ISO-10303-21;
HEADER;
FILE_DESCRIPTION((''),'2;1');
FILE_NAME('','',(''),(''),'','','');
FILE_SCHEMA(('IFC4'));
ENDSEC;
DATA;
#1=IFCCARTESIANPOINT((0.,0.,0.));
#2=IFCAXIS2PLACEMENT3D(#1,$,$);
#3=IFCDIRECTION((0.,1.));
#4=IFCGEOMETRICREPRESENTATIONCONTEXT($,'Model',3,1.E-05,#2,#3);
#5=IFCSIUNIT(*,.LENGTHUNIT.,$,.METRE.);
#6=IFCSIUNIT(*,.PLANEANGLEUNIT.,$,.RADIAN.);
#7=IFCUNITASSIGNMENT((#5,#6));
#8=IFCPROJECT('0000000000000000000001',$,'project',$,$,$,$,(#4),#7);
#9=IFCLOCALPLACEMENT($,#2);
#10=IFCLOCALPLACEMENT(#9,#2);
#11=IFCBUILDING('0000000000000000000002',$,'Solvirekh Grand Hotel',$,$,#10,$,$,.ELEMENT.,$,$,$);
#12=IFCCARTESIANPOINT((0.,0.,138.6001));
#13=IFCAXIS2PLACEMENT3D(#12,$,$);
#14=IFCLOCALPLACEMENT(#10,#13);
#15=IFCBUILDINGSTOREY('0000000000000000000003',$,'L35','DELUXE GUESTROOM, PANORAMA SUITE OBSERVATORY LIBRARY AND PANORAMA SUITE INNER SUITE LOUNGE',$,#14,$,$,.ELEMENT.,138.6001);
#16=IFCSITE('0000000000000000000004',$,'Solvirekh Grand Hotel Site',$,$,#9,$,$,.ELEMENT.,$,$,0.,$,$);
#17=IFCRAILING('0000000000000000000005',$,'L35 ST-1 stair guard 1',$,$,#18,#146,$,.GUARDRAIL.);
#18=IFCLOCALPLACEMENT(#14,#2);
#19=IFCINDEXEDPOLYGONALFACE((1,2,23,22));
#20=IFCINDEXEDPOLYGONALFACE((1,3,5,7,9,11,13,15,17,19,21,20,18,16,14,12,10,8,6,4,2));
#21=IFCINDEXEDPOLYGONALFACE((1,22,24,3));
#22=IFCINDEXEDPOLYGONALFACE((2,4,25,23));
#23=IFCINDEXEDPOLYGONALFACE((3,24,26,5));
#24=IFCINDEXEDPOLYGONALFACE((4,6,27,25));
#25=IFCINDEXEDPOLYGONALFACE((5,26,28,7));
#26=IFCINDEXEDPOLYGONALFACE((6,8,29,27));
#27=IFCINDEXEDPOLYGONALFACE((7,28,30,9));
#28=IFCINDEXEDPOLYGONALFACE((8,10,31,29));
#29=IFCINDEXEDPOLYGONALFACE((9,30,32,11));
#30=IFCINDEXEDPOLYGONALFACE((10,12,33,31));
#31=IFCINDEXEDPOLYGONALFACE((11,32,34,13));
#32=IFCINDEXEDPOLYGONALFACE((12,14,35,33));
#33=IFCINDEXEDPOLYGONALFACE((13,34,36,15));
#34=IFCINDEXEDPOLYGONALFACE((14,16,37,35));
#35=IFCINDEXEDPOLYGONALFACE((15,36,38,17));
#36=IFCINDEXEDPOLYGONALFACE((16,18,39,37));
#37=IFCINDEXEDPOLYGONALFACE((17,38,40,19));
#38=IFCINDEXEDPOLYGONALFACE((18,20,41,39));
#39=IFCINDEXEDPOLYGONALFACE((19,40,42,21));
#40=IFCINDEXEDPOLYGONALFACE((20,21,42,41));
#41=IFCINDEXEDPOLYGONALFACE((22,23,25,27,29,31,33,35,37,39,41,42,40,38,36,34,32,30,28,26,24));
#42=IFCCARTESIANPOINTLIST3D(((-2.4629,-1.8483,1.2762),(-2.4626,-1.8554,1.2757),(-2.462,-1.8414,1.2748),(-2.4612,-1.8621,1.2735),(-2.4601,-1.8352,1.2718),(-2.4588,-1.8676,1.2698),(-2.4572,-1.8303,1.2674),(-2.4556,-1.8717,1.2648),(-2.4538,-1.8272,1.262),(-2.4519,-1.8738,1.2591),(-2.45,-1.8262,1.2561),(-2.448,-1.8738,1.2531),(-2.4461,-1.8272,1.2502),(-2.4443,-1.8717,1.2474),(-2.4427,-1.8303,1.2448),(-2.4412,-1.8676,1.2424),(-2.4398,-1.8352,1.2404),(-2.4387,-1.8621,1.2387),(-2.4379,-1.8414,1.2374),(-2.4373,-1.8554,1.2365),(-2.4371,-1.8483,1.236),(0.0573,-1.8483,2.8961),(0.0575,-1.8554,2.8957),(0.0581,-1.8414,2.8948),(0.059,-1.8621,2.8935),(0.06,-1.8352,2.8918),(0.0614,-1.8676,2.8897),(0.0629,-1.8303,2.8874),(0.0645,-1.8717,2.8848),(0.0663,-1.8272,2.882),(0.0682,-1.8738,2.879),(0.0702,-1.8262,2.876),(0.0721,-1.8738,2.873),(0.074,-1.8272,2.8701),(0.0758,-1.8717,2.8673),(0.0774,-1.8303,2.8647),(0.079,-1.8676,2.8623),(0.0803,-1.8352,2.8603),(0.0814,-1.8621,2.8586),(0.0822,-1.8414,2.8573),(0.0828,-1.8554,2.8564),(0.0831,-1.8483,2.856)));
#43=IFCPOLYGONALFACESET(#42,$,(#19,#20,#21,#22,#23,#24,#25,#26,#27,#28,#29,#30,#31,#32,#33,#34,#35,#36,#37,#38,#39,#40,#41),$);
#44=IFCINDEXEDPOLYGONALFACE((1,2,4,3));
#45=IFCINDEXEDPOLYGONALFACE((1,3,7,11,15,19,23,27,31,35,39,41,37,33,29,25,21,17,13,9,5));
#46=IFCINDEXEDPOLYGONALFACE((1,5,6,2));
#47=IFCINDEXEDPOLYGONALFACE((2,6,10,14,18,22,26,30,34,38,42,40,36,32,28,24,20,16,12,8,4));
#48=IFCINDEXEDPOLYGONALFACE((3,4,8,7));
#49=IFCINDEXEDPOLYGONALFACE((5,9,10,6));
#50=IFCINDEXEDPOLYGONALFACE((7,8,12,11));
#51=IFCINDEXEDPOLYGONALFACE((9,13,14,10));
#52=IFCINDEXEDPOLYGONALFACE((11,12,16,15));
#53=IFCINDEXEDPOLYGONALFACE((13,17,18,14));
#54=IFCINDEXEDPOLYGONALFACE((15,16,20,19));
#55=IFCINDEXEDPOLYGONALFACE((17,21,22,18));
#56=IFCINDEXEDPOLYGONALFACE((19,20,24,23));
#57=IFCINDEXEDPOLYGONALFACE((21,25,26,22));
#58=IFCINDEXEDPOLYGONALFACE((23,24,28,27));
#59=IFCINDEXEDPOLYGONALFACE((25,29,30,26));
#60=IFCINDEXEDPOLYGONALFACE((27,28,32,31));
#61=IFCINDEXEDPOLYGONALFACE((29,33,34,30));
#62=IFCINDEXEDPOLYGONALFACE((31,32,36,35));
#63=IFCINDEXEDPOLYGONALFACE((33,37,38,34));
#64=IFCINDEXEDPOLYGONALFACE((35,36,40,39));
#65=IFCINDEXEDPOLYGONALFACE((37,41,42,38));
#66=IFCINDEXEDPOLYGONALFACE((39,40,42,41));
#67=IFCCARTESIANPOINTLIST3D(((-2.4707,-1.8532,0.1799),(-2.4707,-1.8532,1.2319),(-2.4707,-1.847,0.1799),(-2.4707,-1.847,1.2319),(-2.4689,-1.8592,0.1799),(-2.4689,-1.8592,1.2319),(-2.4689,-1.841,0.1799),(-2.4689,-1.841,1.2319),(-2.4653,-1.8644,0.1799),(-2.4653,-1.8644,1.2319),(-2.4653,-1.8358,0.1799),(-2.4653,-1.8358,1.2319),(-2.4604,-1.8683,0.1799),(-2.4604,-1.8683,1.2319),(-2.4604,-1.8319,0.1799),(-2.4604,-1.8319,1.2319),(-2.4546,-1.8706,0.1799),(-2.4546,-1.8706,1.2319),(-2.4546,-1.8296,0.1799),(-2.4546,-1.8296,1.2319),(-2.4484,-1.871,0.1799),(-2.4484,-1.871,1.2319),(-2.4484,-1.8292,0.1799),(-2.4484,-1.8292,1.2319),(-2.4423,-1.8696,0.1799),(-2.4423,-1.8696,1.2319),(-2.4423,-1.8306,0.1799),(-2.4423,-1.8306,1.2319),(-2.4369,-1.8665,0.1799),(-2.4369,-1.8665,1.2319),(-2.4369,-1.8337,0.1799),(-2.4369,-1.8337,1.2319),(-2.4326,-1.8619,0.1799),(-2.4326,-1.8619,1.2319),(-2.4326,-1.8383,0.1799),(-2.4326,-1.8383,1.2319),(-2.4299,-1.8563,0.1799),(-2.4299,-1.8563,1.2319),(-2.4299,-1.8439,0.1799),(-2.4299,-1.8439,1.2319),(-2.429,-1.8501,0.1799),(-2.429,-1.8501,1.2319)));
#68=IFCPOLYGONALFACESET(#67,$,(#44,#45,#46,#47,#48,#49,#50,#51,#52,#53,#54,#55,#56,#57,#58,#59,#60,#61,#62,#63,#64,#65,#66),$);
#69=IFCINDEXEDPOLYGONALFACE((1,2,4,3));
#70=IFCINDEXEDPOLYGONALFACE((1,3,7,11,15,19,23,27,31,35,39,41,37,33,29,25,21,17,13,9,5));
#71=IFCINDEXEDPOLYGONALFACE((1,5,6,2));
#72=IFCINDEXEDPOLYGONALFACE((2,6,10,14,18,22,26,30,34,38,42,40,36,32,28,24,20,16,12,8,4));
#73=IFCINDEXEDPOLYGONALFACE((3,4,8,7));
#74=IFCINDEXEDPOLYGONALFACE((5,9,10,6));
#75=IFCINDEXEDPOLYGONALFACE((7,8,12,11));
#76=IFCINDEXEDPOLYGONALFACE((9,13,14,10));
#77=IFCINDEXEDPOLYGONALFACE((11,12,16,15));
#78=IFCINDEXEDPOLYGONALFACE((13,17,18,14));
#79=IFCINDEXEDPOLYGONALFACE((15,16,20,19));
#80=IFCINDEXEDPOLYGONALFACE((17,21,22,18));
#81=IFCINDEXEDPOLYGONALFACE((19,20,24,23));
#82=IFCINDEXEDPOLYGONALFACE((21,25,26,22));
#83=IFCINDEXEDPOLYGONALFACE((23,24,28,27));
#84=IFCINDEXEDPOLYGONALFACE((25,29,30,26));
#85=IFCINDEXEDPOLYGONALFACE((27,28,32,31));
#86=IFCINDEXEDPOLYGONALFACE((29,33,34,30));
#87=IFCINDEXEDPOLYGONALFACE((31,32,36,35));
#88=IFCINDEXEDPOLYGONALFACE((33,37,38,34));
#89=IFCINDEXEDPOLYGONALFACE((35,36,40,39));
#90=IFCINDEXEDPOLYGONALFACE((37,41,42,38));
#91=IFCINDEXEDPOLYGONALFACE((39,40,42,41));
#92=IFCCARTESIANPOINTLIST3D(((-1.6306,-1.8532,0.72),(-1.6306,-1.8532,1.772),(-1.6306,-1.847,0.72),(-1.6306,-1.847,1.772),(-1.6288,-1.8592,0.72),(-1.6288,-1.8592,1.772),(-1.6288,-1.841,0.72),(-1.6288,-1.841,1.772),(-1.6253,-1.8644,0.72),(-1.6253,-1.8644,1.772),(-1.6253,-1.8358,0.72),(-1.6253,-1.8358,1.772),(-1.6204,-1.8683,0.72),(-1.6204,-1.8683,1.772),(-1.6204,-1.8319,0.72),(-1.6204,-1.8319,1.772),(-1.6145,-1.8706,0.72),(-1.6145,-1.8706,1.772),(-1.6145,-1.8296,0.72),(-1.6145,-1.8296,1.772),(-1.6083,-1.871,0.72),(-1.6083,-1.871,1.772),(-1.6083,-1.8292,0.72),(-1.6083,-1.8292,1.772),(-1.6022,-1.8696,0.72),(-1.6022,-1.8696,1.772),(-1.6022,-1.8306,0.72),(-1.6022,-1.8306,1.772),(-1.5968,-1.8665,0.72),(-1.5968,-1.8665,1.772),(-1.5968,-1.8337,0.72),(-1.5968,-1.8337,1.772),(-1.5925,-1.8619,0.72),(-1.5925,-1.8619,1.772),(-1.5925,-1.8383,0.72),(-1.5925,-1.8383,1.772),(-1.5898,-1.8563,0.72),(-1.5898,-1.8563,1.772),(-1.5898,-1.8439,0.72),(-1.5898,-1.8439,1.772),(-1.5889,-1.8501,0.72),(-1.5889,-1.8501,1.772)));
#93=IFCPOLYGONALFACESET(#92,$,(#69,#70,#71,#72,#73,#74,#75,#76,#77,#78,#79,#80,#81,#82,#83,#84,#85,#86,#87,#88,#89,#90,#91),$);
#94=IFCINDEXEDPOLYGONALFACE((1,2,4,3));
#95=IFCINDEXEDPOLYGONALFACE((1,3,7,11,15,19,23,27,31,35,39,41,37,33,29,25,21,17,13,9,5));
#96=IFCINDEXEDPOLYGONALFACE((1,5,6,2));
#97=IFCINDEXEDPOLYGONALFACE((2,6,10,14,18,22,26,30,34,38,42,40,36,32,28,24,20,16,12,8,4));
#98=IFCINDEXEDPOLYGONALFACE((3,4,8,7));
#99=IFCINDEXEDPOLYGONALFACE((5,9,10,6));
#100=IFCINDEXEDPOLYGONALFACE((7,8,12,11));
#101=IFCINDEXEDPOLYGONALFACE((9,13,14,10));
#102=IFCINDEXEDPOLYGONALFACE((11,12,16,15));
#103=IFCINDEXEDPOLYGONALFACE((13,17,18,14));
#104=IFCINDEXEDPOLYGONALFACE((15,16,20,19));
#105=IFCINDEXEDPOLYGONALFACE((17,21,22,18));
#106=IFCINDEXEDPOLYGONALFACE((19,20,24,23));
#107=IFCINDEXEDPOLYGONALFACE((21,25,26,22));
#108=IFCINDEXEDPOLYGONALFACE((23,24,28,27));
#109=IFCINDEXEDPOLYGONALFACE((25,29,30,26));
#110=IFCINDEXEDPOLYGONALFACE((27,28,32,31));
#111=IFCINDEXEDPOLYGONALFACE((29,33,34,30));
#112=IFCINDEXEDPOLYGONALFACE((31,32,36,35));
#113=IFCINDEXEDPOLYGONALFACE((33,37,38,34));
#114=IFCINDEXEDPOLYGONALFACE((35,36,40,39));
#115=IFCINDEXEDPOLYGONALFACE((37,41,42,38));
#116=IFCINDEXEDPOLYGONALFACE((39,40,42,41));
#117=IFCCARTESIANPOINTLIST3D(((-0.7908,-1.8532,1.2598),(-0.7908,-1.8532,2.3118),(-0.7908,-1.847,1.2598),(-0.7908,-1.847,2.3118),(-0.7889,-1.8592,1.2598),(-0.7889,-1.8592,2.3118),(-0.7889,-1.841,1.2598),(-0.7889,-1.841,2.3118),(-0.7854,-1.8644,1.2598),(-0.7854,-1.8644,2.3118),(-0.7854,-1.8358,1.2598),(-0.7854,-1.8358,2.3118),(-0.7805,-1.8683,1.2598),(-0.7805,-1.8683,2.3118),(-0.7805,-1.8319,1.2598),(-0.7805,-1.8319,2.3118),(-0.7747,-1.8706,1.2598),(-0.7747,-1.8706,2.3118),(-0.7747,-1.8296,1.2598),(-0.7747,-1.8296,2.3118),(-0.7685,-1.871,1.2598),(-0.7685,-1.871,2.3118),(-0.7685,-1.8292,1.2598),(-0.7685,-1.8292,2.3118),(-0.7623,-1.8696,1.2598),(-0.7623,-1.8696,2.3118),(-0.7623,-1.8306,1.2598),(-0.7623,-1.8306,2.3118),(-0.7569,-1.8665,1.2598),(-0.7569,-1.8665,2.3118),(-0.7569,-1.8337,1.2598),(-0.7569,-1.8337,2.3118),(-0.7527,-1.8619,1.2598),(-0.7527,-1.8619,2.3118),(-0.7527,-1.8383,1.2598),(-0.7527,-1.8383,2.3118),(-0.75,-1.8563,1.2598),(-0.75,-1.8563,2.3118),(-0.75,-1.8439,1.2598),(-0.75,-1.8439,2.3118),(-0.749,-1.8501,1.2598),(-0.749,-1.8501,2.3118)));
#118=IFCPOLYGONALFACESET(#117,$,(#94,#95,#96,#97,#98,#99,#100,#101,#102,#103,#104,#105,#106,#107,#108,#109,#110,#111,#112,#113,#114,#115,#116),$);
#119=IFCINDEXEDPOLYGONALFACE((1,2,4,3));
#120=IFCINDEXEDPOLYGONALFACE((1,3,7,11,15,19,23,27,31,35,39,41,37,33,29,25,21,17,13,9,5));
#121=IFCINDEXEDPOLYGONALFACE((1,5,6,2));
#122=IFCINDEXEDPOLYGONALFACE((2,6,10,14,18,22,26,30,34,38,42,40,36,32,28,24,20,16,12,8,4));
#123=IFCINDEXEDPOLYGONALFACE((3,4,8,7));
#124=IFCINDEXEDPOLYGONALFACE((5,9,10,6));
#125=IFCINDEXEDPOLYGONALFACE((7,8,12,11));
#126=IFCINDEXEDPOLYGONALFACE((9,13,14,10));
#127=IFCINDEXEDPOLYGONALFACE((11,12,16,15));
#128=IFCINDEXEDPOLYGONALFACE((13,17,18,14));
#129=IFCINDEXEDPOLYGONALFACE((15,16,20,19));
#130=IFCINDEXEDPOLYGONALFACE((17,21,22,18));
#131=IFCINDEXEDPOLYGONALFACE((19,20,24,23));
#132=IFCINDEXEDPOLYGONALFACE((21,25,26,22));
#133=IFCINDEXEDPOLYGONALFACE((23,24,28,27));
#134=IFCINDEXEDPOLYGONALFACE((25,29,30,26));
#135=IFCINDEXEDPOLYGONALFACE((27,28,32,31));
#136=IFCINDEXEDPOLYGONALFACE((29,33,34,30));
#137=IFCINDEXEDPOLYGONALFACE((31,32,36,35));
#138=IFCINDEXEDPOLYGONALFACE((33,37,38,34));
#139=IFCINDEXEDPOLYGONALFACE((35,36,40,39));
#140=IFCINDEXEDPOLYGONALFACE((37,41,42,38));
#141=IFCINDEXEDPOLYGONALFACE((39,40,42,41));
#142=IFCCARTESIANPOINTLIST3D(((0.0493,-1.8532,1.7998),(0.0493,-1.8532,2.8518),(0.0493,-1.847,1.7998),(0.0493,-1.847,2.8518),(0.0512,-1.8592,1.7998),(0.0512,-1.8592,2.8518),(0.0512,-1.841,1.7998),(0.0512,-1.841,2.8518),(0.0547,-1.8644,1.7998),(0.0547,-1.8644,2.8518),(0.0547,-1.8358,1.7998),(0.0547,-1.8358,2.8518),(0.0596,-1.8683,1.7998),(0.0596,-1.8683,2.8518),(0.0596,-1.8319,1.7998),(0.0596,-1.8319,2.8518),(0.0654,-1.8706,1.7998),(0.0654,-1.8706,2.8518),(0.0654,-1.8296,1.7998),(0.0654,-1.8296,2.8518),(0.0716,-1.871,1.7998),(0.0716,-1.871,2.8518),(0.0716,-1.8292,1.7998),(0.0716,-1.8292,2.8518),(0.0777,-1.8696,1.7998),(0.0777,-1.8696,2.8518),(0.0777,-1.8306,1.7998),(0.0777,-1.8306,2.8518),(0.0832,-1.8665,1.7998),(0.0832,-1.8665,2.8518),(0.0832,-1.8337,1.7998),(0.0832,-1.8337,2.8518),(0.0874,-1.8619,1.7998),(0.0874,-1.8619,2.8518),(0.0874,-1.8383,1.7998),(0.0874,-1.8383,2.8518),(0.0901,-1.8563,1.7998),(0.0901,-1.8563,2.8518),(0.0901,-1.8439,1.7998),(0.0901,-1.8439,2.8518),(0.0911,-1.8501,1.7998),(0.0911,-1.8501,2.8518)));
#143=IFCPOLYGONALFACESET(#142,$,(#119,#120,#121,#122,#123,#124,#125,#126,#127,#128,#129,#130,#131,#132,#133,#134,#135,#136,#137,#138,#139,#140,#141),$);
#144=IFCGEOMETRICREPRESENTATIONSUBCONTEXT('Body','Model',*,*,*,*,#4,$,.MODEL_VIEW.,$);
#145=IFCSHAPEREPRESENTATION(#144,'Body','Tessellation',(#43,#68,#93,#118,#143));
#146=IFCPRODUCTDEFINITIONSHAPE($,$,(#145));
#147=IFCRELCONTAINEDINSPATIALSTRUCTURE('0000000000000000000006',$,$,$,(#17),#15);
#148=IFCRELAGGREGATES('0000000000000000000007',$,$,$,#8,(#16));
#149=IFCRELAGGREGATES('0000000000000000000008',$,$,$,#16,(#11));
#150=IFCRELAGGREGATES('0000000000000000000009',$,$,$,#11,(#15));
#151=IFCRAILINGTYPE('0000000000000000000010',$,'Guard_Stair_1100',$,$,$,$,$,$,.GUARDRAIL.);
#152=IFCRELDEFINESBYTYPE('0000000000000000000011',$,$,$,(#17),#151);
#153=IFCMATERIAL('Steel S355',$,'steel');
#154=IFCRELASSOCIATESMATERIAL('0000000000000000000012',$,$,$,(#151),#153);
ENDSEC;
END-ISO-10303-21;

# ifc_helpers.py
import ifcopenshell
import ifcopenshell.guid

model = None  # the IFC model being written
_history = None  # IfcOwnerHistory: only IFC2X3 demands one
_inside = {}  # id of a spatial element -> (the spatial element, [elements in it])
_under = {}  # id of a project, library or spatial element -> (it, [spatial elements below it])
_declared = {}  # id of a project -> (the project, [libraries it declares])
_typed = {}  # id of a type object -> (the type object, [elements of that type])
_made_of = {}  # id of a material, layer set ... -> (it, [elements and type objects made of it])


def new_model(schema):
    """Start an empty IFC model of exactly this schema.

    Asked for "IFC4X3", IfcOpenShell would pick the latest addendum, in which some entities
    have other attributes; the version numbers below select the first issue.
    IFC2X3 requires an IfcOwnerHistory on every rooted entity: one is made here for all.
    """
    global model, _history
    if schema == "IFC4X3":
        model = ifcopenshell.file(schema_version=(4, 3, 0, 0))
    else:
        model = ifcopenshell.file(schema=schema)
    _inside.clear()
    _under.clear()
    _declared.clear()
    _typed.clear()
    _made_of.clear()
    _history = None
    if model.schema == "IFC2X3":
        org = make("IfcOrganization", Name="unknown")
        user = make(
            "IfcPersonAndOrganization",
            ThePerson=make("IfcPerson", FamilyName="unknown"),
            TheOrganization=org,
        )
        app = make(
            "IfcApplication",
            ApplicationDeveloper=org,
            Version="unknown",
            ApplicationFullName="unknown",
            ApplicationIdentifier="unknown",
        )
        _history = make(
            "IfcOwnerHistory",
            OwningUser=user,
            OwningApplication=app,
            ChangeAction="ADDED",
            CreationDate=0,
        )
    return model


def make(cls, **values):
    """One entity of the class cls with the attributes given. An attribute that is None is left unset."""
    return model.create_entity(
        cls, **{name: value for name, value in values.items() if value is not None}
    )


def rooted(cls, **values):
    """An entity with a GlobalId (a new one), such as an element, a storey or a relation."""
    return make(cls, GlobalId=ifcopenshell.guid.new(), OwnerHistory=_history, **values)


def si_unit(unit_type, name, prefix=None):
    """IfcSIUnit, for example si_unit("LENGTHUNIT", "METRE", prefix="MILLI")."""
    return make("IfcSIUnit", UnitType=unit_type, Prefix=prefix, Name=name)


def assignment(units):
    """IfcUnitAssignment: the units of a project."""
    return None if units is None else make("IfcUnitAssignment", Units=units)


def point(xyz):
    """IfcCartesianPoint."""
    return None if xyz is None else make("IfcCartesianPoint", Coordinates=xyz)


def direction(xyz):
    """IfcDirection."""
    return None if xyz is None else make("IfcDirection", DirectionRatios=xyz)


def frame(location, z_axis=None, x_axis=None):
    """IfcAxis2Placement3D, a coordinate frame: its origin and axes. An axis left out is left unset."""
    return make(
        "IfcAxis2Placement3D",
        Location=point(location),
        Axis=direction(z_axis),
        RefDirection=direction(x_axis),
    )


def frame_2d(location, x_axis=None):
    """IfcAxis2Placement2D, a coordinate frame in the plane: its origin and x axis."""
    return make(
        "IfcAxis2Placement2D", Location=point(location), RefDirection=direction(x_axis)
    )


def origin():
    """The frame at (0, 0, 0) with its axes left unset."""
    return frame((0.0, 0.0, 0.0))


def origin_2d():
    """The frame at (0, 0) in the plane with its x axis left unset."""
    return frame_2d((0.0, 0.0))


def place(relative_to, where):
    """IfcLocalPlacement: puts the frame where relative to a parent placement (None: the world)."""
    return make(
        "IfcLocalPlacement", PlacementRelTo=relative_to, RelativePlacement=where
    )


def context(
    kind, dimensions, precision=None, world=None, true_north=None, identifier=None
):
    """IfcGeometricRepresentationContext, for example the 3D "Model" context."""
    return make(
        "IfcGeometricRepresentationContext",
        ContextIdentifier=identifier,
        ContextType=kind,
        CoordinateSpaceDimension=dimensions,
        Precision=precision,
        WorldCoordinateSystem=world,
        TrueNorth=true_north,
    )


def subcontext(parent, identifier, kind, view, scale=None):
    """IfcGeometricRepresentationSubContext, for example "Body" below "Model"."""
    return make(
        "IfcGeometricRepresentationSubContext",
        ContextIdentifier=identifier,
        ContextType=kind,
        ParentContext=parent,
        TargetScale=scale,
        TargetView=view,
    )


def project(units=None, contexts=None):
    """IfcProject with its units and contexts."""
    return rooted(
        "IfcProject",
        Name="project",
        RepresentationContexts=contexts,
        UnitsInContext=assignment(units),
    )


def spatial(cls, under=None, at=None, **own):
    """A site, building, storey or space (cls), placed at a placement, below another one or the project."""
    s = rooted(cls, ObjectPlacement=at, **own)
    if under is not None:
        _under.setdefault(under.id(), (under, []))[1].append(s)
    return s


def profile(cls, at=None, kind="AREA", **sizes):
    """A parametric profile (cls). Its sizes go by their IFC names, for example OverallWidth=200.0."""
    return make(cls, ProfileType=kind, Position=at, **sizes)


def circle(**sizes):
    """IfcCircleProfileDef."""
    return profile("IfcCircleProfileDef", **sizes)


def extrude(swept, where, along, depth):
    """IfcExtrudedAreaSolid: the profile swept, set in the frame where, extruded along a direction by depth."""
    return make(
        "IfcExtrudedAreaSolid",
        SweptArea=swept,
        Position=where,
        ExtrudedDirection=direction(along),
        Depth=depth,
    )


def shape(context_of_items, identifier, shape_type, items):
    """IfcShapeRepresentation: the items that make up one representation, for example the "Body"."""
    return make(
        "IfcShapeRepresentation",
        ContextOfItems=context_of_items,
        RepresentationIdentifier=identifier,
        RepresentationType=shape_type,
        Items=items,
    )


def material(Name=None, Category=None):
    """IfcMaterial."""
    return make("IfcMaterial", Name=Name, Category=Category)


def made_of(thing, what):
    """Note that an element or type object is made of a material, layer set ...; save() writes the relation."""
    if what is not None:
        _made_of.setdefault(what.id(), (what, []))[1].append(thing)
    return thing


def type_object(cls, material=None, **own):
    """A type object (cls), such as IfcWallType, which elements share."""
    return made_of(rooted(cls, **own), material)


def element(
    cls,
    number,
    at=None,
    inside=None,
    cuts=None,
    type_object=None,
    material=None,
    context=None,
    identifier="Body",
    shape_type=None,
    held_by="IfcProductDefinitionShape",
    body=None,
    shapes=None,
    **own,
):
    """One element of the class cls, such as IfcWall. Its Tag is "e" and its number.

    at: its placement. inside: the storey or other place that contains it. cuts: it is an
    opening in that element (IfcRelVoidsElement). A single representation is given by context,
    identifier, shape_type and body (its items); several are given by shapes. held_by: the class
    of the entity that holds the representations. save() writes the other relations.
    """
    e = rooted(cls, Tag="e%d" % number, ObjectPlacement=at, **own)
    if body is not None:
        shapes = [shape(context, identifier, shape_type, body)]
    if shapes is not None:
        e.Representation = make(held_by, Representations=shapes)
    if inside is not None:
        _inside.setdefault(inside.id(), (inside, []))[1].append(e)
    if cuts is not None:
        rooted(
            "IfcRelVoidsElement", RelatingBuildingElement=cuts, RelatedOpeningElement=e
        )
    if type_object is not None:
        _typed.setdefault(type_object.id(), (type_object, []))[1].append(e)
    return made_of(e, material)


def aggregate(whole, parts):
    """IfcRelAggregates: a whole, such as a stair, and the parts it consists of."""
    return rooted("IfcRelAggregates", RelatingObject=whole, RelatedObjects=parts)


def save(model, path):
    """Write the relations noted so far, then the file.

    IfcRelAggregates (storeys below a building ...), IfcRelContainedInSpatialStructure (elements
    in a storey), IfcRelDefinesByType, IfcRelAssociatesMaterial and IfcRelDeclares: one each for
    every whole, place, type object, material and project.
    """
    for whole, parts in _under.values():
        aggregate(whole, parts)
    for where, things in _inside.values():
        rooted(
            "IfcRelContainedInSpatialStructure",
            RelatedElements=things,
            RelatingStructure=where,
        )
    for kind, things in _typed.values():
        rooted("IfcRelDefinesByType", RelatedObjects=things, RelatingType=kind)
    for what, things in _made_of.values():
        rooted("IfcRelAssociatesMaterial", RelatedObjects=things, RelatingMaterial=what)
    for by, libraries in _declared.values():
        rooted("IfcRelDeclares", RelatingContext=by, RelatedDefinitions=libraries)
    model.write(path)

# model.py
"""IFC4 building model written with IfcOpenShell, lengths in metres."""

from ifc_helpers import new_model, si_unit, direction, frame, origin, origin_2d, place, context, subcontext, project, spatial, circle, extrude, material, type_object, element, save


model = new_model("IFC4")

# Units and contexts
model_context = context("Model", 3, precision=1e-05, world=origin(), true_north=direction((0.0, 1.0)))
body_context = subcontext(model_context, "Body", "Model", "MODEL_VIEW")
ifc_project = project(units=[si_unit("LENGTHUNIT", "METRE"), si_unit("PLANEANGLEUNIT", "RADIAN")], contexts=[model_context])

# Site, building, storey
site_placement = place(None, origin())
site = spatial("IfcSite", under=ifc_project, at=site_placement, Name="Solvirekh Grand Hotel Site", CompositionType="ELEMENT", RefElevation=0.0)
building_placement = place(site_placement, origin())
building = spatial("IfcBuilding", under=site, at=building_placement, Name="Solvirekh Grand Hotel", CompositionType="ELEMENT")
storey_placement = place(building_placement, frame((0.0, 0.0, 138.6001)))
storey = spatial("IfcBuildingStorey", under=building, at=storey_placement, Name="L35", Description="DELUXE GUESTROOM, PANORAMA SUITE OBSERVATORY LIBRARY AND PANORAMA SUITE INNER SUITE LOUNGE", CompositionType="ELEMENT", Elevation=138.6001)

# Railing
ifc_material_1 = material(Name="Steel S355", Category="steel")
railing_type_1 = type_object("IfcRailingType", Name="Guard_Stair_1100", PredefinedType="GUARDRAIL", material=ifc_material_1)
railing_1_placement = place(storey_placement, frame((-2.45, -1.8501, 0.1799)))
element("IfcRailing", 1, at=railing_1_placement, inside=storey, type_object=railing_type_1, Name="L35 ST-1 stair guard 1", PredefinedType="GUARDRAIL", context=body_context, shape_type="SweptSolid", body=[
    extrude(circle(Radius=0.0239, at=origin_2d()), frame((0.0, 0.0, 1.0762), z_axis=(0.8412, 0.0, 0.540725), x_axis=(0.0, 1.0, 0.0)), (0.0, 0.0, 1.0), 2.9958),
    extrude(circle(Radius=0.021, at=origin_2d()), origin(), (0.0, 0.0, 1.0), 1.052),
    extrude(circle(Radius=0.021, at=origin_2d()), frame((0.8401, 0.0, 0.54)), (0.0, 0.0, 1.0), 1.052),
    extrude(circle(Radius=0.021, at=origin_2d()), frame((1.6799, 0.0, 1.0798)), (0.0, 0.0, 1.0), 1.052),
    extrude(circle(Radius=0.021, at=origin_2d()), frame((2.52, 0.0, 1.6199)), (0.0, 0.0, 1.0), 1.052),
])

save(model, "model.ifc")
